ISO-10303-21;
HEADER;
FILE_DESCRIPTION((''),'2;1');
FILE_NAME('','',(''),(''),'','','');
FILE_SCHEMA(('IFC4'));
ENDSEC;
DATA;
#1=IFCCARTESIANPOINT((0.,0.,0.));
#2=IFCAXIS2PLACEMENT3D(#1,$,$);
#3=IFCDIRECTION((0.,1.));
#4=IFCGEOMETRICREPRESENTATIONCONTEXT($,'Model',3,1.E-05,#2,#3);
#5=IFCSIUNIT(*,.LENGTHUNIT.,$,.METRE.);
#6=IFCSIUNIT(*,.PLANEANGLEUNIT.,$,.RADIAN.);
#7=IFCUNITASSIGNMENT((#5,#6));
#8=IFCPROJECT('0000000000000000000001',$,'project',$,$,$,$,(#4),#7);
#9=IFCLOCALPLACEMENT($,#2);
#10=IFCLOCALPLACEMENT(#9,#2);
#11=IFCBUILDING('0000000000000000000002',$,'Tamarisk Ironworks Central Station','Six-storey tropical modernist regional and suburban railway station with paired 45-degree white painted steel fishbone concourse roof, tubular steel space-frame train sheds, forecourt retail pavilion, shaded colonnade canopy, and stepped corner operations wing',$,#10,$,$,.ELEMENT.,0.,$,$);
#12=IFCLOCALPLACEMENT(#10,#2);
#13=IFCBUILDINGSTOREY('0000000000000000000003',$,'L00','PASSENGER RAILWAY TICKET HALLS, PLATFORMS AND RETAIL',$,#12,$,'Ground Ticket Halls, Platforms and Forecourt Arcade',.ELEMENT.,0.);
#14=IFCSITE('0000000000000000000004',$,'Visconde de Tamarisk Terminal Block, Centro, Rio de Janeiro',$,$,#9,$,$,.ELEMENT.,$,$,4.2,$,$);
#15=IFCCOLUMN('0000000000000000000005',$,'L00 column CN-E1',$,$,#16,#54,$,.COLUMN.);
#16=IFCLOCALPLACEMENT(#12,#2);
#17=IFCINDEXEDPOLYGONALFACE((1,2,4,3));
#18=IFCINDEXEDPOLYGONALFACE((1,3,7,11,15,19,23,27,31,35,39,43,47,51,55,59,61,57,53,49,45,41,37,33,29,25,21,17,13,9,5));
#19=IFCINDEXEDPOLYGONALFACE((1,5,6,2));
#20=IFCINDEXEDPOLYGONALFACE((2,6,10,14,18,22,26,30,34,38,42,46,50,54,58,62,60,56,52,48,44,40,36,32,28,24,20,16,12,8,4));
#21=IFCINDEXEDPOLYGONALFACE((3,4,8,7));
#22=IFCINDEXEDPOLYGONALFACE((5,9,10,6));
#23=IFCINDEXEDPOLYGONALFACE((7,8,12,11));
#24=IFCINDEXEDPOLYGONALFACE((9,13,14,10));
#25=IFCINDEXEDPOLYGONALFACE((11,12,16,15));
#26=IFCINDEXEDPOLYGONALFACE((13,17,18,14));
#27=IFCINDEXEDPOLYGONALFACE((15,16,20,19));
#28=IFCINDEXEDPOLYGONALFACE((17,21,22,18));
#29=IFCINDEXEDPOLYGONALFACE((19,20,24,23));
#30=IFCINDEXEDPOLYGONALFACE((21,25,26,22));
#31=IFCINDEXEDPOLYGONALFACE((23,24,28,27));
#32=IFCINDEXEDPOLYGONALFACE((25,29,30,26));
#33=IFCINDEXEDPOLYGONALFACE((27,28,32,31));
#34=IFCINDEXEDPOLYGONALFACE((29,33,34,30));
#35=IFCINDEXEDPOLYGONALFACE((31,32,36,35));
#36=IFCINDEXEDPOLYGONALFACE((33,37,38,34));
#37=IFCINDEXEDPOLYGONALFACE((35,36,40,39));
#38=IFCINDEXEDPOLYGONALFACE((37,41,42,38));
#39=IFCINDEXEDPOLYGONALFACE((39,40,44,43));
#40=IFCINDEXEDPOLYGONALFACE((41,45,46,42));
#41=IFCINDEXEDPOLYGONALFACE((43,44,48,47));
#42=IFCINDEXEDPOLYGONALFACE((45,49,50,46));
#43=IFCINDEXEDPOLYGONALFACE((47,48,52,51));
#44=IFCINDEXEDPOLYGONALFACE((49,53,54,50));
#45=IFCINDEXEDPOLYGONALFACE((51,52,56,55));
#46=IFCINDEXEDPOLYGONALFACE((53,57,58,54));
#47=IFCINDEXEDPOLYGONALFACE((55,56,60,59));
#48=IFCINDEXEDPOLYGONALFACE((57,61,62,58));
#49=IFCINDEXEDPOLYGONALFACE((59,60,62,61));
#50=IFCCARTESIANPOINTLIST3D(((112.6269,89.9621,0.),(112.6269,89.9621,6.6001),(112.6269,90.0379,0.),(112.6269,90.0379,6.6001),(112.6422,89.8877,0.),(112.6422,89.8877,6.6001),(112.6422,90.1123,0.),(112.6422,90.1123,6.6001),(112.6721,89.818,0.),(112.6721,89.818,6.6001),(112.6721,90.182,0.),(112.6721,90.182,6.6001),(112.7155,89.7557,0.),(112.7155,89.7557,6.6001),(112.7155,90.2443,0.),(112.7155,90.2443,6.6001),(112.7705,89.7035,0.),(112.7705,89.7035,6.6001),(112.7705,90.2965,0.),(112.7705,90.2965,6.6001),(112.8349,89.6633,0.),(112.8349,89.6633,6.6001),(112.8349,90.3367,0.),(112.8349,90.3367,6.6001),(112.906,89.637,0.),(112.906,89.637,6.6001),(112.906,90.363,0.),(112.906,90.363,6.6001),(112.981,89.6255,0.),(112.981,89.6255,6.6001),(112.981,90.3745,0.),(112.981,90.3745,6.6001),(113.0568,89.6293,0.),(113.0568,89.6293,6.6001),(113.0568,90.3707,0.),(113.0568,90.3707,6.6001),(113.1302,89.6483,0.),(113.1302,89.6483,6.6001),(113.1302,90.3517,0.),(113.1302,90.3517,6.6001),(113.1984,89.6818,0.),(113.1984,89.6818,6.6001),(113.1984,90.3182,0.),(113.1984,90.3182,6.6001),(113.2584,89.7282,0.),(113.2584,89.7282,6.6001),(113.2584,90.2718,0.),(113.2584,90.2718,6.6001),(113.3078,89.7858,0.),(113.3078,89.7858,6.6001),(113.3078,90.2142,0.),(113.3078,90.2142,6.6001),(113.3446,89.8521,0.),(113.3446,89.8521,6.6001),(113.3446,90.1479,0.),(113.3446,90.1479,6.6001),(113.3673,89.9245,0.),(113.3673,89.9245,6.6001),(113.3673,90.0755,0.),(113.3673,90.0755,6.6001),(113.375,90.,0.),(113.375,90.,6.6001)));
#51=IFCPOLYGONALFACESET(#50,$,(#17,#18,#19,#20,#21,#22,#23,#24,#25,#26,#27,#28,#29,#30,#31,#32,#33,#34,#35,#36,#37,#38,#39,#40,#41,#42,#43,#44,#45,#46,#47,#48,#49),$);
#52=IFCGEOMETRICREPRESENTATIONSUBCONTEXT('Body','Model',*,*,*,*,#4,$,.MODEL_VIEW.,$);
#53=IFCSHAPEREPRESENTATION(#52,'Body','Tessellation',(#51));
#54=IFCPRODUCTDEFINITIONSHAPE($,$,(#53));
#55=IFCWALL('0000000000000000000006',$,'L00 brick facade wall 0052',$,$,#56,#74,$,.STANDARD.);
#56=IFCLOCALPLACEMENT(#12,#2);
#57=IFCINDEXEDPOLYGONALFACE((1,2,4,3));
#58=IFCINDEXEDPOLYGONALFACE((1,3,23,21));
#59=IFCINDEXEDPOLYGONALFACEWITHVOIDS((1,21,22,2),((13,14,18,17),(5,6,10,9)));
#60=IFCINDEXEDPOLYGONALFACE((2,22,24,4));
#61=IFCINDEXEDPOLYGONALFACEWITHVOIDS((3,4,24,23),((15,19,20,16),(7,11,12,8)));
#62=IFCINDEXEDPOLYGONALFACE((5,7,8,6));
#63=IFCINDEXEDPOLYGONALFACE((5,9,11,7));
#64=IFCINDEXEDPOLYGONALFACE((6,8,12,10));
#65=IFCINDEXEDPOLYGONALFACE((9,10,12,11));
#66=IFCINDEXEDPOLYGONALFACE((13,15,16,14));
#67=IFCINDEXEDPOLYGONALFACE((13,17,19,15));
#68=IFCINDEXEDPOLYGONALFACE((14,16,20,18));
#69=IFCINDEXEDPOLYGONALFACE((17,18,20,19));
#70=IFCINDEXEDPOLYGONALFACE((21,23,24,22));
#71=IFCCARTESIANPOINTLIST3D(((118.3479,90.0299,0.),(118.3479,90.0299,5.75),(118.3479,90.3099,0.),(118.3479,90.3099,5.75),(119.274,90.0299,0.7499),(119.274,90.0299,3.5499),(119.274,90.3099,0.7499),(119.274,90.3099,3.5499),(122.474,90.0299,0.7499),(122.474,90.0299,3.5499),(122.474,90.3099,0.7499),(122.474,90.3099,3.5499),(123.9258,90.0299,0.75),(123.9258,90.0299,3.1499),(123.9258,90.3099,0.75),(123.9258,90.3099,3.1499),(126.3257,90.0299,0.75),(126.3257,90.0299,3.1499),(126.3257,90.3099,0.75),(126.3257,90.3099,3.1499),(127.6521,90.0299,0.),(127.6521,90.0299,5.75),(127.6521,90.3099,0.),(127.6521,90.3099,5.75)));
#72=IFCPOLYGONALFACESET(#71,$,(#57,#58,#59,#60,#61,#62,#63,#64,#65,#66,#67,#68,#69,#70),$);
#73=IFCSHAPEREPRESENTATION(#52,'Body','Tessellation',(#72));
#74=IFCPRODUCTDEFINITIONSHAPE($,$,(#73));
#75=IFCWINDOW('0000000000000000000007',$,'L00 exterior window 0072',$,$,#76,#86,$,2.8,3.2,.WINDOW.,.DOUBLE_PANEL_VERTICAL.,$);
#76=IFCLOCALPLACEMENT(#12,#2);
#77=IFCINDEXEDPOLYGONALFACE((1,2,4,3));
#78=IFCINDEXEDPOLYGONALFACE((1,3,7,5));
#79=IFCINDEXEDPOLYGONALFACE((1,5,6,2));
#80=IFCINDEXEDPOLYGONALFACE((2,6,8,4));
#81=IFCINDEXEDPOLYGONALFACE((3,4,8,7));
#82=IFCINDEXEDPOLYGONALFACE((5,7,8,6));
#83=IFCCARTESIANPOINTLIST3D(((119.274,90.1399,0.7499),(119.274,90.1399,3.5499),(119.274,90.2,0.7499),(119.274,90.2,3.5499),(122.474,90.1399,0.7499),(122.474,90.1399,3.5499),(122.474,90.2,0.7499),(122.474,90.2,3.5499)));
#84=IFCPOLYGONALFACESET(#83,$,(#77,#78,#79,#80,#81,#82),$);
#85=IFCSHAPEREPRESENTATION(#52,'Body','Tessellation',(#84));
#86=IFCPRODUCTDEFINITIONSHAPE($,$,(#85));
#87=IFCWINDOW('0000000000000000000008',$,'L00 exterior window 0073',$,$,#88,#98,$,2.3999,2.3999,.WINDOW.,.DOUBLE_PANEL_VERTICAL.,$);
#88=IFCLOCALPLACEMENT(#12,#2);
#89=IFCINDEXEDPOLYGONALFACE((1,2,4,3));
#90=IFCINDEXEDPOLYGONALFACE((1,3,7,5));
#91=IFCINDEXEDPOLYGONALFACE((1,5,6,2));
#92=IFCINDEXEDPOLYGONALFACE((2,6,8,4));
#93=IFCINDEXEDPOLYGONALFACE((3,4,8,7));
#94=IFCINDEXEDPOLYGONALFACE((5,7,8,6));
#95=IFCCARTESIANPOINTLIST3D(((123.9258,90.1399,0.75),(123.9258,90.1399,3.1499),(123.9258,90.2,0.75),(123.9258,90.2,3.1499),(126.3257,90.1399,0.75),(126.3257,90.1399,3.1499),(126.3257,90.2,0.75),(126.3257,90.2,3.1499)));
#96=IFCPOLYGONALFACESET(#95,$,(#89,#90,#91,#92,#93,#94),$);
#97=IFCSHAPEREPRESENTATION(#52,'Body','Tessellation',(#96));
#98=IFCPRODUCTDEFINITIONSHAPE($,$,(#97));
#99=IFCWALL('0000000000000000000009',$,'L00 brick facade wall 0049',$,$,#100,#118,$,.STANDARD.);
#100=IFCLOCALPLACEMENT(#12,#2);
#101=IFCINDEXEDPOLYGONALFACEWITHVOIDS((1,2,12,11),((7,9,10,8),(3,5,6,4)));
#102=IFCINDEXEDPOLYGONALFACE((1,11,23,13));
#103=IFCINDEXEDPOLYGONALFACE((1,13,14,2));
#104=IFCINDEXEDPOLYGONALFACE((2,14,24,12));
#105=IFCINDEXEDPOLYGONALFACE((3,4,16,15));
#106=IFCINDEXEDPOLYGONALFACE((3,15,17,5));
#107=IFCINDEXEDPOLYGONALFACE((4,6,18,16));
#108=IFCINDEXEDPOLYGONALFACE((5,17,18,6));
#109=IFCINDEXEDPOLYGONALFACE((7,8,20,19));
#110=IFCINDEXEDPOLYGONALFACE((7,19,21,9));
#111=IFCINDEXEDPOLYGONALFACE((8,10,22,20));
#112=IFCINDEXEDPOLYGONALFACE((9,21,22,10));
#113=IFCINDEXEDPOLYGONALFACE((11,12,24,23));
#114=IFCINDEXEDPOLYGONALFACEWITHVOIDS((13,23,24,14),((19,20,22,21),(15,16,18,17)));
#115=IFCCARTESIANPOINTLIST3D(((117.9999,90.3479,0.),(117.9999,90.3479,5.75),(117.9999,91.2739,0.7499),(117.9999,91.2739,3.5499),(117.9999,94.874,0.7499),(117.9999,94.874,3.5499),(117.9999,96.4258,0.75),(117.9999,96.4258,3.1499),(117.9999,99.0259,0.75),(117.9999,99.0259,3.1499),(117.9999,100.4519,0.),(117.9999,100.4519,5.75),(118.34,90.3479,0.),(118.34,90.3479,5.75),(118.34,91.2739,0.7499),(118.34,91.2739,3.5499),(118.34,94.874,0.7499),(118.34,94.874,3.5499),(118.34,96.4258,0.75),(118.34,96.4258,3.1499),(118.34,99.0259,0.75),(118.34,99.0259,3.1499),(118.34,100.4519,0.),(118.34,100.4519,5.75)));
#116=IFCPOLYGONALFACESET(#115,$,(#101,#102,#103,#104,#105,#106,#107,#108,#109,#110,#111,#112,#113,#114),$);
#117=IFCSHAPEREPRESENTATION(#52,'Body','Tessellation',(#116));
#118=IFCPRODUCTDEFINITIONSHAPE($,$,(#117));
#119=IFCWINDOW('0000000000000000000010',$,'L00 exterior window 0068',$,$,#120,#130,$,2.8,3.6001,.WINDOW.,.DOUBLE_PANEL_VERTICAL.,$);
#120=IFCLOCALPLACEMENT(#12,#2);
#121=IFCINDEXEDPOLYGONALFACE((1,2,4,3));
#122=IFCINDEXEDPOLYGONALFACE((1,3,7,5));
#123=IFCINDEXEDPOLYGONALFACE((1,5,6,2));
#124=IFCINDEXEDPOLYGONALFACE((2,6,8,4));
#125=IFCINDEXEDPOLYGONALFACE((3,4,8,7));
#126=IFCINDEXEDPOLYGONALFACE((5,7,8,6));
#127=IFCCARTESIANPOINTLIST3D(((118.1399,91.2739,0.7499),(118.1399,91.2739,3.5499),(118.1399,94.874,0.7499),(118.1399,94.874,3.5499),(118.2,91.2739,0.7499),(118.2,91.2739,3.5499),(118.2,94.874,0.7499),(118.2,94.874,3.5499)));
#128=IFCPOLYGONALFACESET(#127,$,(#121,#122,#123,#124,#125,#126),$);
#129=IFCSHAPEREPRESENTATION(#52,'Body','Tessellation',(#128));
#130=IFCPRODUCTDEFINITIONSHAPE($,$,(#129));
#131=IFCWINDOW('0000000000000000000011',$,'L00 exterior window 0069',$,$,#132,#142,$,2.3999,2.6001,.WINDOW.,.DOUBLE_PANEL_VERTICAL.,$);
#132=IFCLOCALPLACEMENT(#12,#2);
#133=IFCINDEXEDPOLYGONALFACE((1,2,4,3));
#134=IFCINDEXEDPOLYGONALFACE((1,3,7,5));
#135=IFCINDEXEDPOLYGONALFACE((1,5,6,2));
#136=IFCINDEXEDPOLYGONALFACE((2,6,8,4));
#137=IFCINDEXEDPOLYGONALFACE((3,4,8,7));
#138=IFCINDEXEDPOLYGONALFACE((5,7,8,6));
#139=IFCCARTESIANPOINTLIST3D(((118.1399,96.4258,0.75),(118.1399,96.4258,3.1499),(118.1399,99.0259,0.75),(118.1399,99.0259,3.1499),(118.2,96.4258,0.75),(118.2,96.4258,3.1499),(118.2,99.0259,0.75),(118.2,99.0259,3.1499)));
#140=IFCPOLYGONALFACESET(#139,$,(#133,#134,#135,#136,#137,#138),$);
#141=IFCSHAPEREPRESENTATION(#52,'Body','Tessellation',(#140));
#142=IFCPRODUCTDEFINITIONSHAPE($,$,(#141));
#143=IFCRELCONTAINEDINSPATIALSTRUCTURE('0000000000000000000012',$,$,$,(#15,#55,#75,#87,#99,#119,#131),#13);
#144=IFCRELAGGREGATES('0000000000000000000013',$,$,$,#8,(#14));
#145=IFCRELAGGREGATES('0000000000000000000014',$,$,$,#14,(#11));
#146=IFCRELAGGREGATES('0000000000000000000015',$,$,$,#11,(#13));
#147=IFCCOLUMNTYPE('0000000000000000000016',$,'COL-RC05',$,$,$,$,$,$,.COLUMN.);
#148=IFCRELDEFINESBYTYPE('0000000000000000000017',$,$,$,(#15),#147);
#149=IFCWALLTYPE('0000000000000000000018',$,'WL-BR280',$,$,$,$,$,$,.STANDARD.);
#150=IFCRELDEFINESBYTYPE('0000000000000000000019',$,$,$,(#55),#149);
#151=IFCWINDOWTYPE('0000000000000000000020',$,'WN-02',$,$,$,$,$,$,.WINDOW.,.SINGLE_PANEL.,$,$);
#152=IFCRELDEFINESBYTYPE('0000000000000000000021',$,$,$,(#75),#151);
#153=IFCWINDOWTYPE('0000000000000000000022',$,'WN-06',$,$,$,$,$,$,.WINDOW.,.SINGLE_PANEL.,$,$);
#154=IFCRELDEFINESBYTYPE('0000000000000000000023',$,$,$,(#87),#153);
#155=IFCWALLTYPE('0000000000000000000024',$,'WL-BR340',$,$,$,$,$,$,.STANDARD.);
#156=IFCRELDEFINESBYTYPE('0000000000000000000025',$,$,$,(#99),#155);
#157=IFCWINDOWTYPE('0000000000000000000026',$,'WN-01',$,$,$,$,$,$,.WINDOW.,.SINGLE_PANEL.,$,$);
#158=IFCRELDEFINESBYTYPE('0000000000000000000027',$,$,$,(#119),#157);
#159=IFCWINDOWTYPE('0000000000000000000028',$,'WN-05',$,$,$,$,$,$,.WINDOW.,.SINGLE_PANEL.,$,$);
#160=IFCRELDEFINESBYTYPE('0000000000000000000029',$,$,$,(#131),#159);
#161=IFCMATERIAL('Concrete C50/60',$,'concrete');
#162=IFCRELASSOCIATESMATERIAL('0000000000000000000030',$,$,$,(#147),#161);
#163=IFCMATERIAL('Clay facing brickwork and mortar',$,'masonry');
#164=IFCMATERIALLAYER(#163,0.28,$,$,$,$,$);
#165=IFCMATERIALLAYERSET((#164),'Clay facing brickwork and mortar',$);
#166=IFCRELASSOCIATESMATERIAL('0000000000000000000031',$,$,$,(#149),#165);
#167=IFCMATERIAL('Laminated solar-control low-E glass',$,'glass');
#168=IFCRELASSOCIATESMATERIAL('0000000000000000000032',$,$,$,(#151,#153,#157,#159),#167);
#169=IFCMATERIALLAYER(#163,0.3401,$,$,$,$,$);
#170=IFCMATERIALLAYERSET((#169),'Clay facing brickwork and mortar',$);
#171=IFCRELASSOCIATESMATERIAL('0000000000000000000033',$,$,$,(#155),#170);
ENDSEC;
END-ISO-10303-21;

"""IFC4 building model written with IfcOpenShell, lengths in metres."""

from ifc_helpers import new_model, si_unit, direction, frame, frame_2d, origin, origin_2d, place, context, subcontext, project, spatial, rectangle, circle, extrude, material, layer, layer_set, material_profile, profile_set, type_object, element, fill, save


model = new_model("IFC4")

# Units and contexts
model_context = context("Model", 3, precision=1e-05, world=origin(), true_north=direction((0.0, 1.0)))
body_context = subcontext(model_context, "Body", "Model", "MODEL_VIEW")
ifc_project = project(units=[si_unit("LENGTHUNIT", "METRE"), si_unit("PLANEANGLEUNIT", "RADIAN")], contexts=[model_context])

# Site, building, storey
site_placement = place(None, origin())
site = spatial("IfcSite", under=ifc_project, at=site_placement, Name="Visconde de Tamarisk Terminal Block, Centro, Rio de Janeiro", CompositionType="ELEMENT", RefElevation=4.2)
building_placement = place(site_placement, origin())
building = spatial("IfcBuilding", under=site, at=building_placement, Name="Tamarisk Ironworks Central Station", Description="Six-storey tropical modernist regional and suburban railway station with paired 45-degree white painted steel fishbone concourse roof, tubular steel space-frame train sheds, forecourt retail pavilion, shaded colonnade canopy, and stepped corner operations wing", CompositionType="ELEMENT", ElevationOfRefHeight=0.0)
storey_placement = place(building_placement, origin())
storey = spatial("IfcBuildingStorey", under=building, at=storey_placement, Name="L00", Description="PASSENGER RAILWAY TICKET HALLS, PLATFORMS AND RETAIL", LongName="Ground Ticket Halls, Platforms and Forecourt Arcade", CompositionType="ELEMENT", Elevation=0.0)

# Column
ifc_material_1 = material(Name="Concrete C50/60", Category="concrete")
ifc_material_profile_1 = material_profile(ifc_material_1, circle(Radius=0.375, at=origin_2d()), Name="RC D750")
ifc_profile_set_1 = profile_set([ifc_material_profile_1], Name="Concrete C50/60")
column_type_1 = type_object("IfcColumnType", Name="COL-RC05", PredefinedType="COLUMN", material=ifc_profile_set_1)
column_placement = place(storey_placement, frame((113.0, 90.0, 0.0), z_axis=(0.0, 0.0, 1.0), x_axis=(1.0, 0.0, 0.0)))
element("IfcColumn", 1, at=column_placement, inside=storey, type_object=column_type_1, Name="L00 column CN-E1", PredefinedType="COLUMN", context=body_context, shape_type="SweptSolid", body=[
    extrude(circle(Radius=0.375, at=origin_2d()), origin(), (0.0, 0.0, 1.0), 6.6001),
])

# Walls, openings, windows
ifc_material_2 = material(Name="Clay facing brickwork and mortar", Category="masonry")
ifc_layer_1 = layer(ifc_material_2, 0.28)
ifc_layer_set_1 = layer_set([ifc_layer_1], Name="Clay facing brickwork and mortar")
wall_type_1 = type_object("IfcWallType", Name="WL-BR280", PredefinedType="STANDARD", material=ifc_layer_set_1)
wall_1_placement = place(storey_placement, frame((118.3479, 90.1699, 0.0), z_axis=(0.0, 0.0, 1.0), x_axis=(1.0, 0.0, 0.0)))
wall_1 = element("IfcWall", 2, at=wall_1_placement, inside=storey, type_object=wall_type_1, Name="L00 brick facade wall 0052", PredefinedType="STANDARD", context=body_context, shape_type="SweptSolid", body=[
    extrude(rectangle(XDim=9.3042, YDim=0.28, at=frame_2d((4.6521, 0.0))), origin(), (0.0, 0.0, 1.0), 5.75),
])
opening_1_placement = place(wall_1_placement, frame((0.926, 0.0, 0.75)))
opening_1 = element("IfcOpeningElement", 3, at=opening_1_placement, cuts=wall_1, PredefinedType="OPENING", context=body_context, shape_type="SweptSolid", body=[
    extrude(rectangle(XDim=3.2, YDim=2.8, at=frame_2d((1.6001, 1.3999))), frame((0.0, 0.1519, 0.0), z_axis=(0.0, -1.0, 0.0), x_axis=(1.0, 0.0, 0.0)), (0.0, 0.0, 1.0), 0.304),
])
opening_2_placement = place(wall_1_placement, frame((5.5779, 0.0, 0.75)))
opening_2 = element("IfcOpeningElement", 4, at=opening_2_placement, cuts=wall_1, PredefinedType="OPENING", context=body_context, shape_type="SweptSolid", body=[
    extrude(rectangle(XDim=2.3999, YDim=2.3999, at=frame_2d((1.2, 1.2))), frame((0.0, 0.1519, 0.0), z_axis=(0.0, -1.0, 0.0), x_axis=(1.0, 0.0, 0.0)), (0.0, 0.0, 1.0), 0.304),
])
ifc_material_3 = material(Name="Laminated solar-control low-E glass", Category="glass")
window_type_1 = type_object("IfcWindowType", Name="WN-02", PartitioningType="SINGLE_PANEL", PredefinedType="WINDOW", material=ifc_material_3)
window_1_placement = place(opening_1_placement, origin())
window_1 = element("IfcWindow", 5, at=window_1_placement, inside=storey, type_object=window_type_1, Name="L00 exterior window 0072", OverallHeight=2.8, OverallWidth=3.2, PartitioningType="DOUBLE_PANEL_VERTICAL", PredefinedType="WINDOW", context=body_context, shape_type="SweptSolid", body=[
    extrude(rectangle(XDim=3.2, YDim=2.8, at=frame_2d((1.6001, 1.3999))), frame((0.0, 0.03, 0.0), z_axis=(0.0, -1.0, 0.0), x_axis=(1.0, 0.0, 0.0)), (0.0, 0.0, 1.0), 0.0601),
])
fill(opening_1, window_1)
window_type_2 = type_object("IfcWindowType", Name="WN-06", PartitioningType="SINGLE_PANEL", PredefinedType="WINDOW", material=ifc_material_3)
window_2_placement = place(opening_2_placement, origin())
window_2 = element("IfcWindow", 6, at=window_2_placement, inside=storey, type_object=window_type_2, Name="L00 exterior window 0073", OverallHeight=2.3999, OverallWidth=2.3999, PartitioningType="DOUBLE_PANEL_VERTICAL", PredefinedType="WINDOW", context=body_context, shape_type="SweptSolid", body=[
    extrude(rectangle(XDim=2.3999, YDim=2.3999, at=frame_2d((1.2, 1.2))), frame((0.0, 0.03, 0.0), z_axis=(0.0, -1.0, 0.0), x_axis=(1.0, 0.0, 0.0)), (0.0, 0.0, 1.0), 0.0601),
])
fill(opening_2, window_2)
ifc_layer_2 = layer(ifc_material_2, 0.3401)
ifc_layer_set_2 = layer_set([ifc_layer_2], Name="Clay facing brickwork and mortar")
wall_type_2 = type_object("IfcWallType", Name="WL-BR340", PredefinedType="STANDARD", material=ifc_layer_set_2)
wall_2_placement = place(storey_placement, frame((118.1699, 90.3479, 0.0), z_axis=(0.0, 0.0, 1.0), x_axis=(0.0, 1.0, 0.0)))
wall_2 = element("IfcWall", 7, at=wall_2_placement, inside=storey, type_object=wall_type_2, Name="L00 brick facade wall 0049", PredefinedType="STANDARD", context=body_context, shape_type="SweptSolid", body=[
    extrude(rectangle(XDim=10.104, YDim=0.3401, at=frame_2d((5.052, 0.0))), origin(), (0.0, 0.0, 1.0), 5.75),
])
opening_3_placement = place(wall_2_placement, frame((0.926, 0.0, 0.75)))
opening_3 = element("IfcOpeningElement", 8, at=opening_3_placement, cuts=wall_2, PredefinedType="OPENING", context=body_context, shape_type="SweptSolid", body=[
    extrude(rectangle(XDim=3.6001, YDim=2.8, at=frame_2d((1.8, 1.3999))), frame((0.0, 0.1821, 0.0), z_axis=(0.0, -1.0, 0.0), x_axis=(1.0, 0.0, 0.0)), (0.0, 0.0, 1.0), 0.364),
])
opening_4_placement = place(wall_2_placement, frame((6.0779, 0.0, 0.75)))
opening_4 = element("IfcOpeningElement", 9, at=opening_4_placement, cuts=wall_2, PredefinedType="OPENING", context=body_context, shape_type="SweptSolid", body=[
    extrude(rectangle(XDim=2.6001, YDim=2.3999, at=frame_2d((1.3, 1.2))), frame((0.0, 0.1821, 0.0), z_axis=(0.0, -1.0, 0.0), x_axis=(1.0, 0.0, 0.0)), (0.0, 0.0, 1.0), 0.364),
])
window_type_3 = type_object("IfcWindowType", Name="WN-01", PartitioningType="SINGLE_PANEL", PredefinedType="WINDOW", material=ifc_material_3)
window_3_placement = place(opening_3_placement, origin())
window_3 = element("IfcWindow", 10, at=window_3_placement, inside=storey, type_object=window_type_3, Name="L00 exterior window 0068", OverallHeight=2.8, OverallWidth=3.6001, PartitioningType="DOUBLE_PANEL_VERTICAL", PredefinedType="WINDOW", context=body_context, shape_type="SweptSolid", body=[
    extrude(rectangle(XDim=3.6001, YDim=2.8, at=frame_2d((1.8, 1.3999))), frame((0.0, 0.03, 0.0), z_axis=(0.0, -1.0, 0.0), x_axis=(1.0, 0.0, 0.0)), (0.0, 0.0, 1.0), 0.0601),
])
fill(opening_3, window_3)
window_type_4 = type_object("IfcWindowType", Name="WN-05", PartitioningType="SINGLE_PANEL", PredefinedType="WINDOW", material=ifc_material_3)
window_4_placement = place(opening_4_placement, origin())
window_4 = element("IfcWindow", 11, at=window_4_placement, inside=storey, type_object=window_type_4, Name="L00 exterior window 0069", OverallHeight=2.3999, OverallWidth=2.6001, PartitioningType="DOUBLE_PANEL_VERTICAL", PredefinedType="WINDOW", context=body_context, shape_type="SweptSolid", body=[
    extrude(rectangle(XDim=2.6001, YDim=2.3999, at=frame_2d((1.3, 1.2))), frame((0.0, 0.03, 0.0), z_axis=(0.0, -1.0, 0.0), x_axis=(1.0, 0.0, 0.0)), (0.0, 0.0, 1.0), 0.0601),
])
fill(opening_4, window_4)

save(model, "model.ifc")
